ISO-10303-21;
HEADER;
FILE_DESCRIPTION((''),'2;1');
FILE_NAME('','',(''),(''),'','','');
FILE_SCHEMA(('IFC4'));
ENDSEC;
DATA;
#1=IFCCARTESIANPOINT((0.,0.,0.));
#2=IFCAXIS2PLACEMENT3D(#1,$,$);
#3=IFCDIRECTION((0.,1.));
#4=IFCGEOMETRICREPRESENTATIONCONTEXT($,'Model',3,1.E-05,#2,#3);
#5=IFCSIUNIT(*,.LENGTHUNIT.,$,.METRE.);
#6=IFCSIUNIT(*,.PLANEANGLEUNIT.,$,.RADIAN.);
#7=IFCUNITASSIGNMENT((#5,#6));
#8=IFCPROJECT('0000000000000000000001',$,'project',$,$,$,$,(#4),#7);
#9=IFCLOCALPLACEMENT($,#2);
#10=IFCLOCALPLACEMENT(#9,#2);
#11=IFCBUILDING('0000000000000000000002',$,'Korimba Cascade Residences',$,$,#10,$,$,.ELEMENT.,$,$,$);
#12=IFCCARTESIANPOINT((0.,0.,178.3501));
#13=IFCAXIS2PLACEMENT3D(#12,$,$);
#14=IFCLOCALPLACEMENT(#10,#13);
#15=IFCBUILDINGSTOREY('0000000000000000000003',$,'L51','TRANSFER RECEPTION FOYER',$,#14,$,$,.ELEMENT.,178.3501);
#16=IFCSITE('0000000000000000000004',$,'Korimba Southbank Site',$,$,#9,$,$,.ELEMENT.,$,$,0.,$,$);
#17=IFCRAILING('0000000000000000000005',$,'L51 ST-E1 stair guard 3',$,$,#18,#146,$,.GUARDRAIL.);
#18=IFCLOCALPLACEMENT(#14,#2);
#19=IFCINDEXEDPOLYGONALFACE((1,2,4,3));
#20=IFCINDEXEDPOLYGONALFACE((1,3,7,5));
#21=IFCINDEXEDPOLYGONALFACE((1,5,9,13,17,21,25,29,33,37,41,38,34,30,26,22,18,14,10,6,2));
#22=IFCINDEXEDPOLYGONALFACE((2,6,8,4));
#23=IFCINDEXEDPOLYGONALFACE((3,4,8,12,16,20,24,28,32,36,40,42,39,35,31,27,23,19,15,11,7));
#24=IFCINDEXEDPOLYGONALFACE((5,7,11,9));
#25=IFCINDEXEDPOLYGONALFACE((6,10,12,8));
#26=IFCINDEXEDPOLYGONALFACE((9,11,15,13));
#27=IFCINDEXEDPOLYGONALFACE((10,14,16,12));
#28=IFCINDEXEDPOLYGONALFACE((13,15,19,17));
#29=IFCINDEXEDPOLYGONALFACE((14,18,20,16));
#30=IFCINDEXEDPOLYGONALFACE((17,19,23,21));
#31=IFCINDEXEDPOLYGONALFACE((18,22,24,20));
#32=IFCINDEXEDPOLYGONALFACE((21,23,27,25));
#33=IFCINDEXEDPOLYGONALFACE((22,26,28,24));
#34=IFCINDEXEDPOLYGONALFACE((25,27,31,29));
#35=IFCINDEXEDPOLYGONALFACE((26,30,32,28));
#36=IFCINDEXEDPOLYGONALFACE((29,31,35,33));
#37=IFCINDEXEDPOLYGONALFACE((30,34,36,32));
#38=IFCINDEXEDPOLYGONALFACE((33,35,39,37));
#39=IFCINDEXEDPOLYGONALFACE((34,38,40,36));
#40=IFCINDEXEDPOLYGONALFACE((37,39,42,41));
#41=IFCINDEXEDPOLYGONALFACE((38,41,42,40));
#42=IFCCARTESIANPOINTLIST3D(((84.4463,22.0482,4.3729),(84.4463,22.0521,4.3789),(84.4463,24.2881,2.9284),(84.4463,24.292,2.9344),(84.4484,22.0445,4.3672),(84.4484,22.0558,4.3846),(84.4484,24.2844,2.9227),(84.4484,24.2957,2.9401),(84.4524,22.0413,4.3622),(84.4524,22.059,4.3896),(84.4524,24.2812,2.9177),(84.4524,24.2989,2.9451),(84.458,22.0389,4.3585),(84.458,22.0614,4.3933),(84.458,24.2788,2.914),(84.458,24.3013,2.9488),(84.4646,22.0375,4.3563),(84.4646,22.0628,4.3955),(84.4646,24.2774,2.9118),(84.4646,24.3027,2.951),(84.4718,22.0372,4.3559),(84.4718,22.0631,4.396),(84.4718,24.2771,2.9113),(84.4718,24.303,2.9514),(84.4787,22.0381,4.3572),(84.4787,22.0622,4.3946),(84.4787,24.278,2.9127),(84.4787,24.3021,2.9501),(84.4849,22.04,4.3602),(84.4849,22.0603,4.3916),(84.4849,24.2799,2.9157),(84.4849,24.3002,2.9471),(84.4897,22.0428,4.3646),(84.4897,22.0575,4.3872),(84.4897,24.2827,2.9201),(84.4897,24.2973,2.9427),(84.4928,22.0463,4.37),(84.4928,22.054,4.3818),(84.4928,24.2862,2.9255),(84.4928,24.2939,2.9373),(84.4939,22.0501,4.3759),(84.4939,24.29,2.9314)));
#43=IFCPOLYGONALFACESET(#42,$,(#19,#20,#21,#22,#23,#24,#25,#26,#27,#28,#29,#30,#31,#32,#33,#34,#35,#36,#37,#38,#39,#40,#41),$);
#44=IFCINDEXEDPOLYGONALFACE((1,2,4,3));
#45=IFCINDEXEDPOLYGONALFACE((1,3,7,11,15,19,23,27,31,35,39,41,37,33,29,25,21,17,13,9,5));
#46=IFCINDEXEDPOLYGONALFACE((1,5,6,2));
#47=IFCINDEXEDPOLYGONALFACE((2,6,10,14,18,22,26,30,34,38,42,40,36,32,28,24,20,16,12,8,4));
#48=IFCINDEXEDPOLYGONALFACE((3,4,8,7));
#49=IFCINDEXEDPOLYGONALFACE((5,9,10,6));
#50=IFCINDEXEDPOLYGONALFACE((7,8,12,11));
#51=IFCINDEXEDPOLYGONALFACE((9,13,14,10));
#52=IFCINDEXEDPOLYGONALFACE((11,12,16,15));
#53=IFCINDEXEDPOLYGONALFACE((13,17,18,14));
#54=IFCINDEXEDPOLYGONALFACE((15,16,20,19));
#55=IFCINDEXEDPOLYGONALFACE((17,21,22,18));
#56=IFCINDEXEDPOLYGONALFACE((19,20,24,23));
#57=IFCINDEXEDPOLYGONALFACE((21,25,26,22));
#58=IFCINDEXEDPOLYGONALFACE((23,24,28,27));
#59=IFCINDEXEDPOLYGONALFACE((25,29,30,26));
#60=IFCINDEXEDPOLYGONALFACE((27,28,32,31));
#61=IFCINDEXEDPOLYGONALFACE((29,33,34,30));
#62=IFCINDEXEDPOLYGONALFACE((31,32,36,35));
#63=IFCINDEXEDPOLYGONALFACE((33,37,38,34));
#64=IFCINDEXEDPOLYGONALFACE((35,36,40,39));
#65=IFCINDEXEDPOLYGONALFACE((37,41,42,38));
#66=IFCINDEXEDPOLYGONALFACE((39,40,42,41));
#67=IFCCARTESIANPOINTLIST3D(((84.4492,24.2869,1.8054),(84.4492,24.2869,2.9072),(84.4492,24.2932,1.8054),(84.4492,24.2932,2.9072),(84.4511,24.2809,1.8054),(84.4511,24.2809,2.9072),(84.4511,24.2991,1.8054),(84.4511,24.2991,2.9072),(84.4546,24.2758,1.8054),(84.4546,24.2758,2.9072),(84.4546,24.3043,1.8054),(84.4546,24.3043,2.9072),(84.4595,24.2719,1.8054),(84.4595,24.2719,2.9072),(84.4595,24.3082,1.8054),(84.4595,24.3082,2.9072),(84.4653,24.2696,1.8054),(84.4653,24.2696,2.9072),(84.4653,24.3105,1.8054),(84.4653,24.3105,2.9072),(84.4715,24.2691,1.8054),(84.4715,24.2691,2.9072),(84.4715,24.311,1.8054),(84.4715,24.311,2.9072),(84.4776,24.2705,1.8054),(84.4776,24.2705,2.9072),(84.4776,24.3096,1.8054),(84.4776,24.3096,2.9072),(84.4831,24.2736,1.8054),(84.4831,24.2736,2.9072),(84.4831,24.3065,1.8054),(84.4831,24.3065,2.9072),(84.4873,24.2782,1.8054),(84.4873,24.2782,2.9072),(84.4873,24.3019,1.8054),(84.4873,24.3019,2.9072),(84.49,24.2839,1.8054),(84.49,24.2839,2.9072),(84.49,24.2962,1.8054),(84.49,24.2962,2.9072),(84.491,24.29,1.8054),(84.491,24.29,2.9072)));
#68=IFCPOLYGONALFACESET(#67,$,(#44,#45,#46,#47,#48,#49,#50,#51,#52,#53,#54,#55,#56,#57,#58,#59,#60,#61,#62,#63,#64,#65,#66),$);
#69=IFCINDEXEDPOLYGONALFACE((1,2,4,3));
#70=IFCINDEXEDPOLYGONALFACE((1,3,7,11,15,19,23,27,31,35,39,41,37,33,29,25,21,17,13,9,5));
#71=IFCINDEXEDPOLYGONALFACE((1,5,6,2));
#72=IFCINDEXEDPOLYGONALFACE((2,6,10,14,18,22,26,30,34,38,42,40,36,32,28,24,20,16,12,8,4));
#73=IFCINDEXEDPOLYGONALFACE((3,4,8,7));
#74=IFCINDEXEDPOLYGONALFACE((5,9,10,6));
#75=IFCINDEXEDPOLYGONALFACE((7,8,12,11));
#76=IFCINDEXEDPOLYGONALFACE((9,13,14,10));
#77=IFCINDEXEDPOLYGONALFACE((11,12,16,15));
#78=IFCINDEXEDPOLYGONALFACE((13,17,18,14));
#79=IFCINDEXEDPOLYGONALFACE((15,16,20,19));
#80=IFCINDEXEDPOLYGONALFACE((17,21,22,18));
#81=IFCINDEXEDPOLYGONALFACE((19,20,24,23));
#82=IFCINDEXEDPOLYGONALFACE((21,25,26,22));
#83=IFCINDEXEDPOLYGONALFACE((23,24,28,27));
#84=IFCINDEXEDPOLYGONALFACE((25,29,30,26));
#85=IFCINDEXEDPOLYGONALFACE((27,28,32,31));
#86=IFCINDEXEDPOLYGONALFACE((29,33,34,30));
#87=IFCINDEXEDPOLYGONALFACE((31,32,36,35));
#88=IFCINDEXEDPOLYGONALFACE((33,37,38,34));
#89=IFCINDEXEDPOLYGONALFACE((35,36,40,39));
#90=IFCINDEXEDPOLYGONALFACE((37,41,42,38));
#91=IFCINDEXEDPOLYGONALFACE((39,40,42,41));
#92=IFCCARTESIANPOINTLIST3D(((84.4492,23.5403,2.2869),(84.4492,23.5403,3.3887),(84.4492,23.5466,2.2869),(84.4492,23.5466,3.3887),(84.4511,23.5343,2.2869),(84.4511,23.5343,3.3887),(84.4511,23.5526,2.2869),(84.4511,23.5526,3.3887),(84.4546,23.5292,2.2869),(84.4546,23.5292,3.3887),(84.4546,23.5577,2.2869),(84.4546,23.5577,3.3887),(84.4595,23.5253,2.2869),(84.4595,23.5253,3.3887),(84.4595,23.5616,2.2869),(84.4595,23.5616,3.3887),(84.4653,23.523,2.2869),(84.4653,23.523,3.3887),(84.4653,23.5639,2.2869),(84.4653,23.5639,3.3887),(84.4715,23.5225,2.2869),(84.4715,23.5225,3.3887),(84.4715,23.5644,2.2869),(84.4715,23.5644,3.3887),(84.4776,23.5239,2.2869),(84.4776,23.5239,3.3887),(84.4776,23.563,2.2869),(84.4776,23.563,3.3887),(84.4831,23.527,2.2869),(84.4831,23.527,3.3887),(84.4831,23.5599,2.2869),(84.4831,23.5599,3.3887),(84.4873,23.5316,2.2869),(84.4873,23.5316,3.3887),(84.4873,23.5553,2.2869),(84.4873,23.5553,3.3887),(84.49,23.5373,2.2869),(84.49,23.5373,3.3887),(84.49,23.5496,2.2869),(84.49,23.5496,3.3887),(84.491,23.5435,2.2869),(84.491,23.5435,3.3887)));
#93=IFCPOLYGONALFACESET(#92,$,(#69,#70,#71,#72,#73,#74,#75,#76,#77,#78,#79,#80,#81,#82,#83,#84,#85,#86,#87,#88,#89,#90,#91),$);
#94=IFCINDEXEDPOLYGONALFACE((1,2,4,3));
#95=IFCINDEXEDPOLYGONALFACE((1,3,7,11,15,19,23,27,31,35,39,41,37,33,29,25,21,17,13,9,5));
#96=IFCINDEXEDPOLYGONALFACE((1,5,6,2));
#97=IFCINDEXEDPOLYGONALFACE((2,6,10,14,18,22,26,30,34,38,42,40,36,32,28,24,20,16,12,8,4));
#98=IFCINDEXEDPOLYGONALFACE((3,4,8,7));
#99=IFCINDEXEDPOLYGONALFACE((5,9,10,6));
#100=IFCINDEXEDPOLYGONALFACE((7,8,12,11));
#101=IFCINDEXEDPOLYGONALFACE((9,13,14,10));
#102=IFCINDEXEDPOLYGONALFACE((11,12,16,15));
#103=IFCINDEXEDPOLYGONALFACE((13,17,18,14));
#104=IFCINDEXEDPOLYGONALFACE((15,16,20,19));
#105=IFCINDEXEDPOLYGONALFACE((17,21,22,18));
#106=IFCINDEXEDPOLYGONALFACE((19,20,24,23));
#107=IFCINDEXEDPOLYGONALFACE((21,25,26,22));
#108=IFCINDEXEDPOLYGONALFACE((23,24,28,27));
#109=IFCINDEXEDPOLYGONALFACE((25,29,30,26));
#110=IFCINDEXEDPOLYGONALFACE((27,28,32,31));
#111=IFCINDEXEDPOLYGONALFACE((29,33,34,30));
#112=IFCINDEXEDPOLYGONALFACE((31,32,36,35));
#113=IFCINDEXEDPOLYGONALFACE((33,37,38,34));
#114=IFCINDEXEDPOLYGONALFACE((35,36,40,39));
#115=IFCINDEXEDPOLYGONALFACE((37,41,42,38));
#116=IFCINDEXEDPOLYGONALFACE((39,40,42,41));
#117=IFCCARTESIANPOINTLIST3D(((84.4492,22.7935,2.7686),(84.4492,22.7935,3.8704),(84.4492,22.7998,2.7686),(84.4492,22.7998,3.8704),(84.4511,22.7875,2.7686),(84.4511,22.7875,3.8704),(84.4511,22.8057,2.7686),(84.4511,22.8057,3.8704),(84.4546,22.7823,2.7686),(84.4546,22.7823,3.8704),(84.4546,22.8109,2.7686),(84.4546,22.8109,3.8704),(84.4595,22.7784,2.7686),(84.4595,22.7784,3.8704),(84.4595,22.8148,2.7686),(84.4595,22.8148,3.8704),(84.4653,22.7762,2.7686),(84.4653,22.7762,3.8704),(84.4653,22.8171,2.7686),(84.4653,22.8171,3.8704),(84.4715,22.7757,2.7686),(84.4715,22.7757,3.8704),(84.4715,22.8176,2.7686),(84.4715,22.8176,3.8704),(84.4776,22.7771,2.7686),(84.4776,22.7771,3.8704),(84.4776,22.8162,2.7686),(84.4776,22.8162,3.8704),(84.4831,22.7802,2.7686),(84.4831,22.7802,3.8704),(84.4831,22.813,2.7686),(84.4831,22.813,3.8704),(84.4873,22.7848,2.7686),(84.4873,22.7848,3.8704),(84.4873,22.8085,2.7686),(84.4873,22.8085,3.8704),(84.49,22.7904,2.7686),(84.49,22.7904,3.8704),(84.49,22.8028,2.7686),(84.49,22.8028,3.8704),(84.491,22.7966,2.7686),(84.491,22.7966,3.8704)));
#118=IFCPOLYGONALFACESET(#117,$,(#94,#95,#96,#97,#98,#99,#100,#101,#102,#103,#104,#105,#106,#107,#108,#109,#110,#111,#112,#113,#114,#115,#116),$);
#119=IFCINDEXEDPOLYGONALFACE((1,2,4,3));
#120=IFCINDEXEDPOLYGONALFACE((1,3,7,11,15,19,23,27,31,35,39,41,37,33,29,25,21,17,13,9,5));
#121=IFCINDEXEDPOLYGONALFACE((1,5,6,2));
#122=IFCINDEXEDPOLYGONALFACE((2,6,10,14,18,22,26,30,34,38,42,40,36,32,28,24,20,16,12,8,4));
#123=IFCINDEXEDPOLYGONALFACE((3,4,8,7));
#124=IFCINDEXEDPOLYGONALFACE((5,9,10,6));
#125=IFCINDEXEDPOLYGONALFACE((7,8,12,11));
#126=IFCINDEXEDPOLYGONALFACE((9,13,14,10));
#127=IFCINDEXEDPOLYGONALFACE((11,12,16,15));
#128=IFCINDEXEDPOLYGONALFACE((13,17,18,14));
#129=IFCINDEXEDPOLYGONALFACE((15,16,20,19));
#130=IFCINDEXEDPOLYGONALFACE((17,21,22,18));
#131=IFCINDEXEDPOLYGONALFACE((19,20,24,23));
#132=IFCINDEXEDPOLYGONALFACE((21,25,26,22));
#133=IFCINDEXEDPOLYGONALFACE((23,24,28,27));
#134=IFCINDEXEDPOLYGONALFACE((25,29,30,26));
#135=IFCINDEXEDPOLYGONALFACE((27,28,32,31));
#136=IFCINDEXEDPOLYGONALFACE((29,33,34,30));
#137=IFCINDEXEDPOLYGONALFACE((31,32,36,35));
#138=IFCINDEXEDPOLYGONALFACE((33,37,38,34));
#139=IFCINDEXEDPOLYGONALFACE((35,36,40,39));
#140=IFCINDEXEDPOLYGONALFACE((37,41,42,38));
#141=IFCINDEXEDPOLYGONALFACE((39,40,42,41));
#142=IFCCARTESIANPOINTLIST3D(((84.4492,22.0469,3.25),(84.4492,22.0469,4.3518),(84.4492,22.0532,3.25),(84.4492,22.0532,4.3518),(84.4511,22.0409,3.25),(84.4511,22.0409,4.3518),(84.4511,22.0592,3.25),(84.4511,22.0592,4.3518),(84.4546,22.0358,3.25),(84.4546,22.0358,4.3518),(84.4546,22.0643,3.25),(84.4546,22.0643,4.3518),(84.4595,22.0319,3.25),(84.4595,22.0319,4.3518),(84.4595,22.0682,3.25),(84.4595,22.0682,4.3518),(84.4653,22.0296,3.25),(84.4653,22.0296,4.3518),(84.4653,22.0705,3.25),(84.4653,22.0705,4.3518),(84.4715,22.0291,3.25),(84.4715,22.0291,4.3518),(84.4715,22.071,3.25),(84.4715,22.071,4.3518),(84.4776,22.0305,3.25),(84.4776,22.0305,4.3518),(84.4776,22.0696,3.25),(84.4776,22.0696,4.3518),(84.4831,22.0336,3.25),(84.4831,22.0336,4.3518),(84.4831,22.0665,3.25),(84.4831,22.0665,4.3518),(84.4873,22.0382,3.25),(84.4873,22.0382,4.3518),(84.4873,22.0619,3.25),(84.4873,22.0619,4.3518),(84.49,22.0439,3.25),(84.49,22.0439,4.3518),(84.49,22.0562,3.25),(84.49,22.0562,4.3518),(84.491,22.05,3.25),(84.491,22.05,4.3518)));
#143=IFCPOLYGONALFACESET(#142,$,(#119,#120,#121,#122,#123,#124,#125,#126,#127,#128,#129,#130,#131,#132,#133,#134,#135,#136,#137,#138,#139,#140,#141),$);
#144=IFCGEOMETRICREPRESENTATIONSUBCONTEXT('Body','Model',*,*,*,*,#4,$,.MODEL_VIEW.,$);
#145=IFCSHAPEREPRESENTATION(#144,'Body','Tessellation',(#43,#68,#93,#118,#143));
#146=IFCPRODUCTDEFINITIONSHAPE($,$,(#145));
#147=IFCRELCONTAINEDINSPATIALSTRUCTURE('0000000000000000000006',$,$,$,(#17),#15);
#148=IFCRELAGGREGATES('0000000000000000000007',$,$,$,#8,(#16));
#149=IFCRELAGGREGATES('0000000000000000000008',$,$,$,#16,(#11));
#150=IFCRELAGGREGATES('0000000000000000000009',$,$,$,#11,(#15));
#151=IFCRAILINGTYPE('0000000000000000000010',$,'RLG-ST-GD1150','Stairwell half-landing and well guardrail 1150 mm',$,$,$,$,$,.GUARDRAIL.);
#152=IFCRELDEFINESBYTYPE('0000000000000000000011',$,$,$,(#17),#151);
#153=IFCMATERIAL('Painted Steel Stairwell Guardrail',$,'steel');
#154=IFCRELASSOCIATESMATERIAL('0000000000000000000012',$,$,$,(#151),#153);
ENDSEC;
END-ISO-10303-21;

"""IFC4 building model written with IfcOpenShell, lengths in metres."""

from ifc_helpers import new_model, si_unit, direction, frame, origin, origin_2d, place, context, subcontext, project, spatial, circle, extrude, material, type_object, element, save


model = new_model("IFC4")

# Units and contexts
model_context = context("Model", 3, precision=1e-05, world=origin(), true_north=direction((0.0, 1.0)))
body_context = subcontext(model_context, "Body", "Model", "MODEL_VIEW")
ifc_project = project(units=[si_unit("LENGTHUNIT", "METRE"), si_unit("PLANEANGLEUNIT", "RADIAN")], contexts=[model_context])

# Site, building, storey
site_placement = place(None, origin())
site = spatial("IfcSite", under=ifc_project, at=site_placement, Name="Korimba Southbank Site", CompositionType="ELEMENT", RefElevation=0.0)
building_placement = place(site_placement, origin())
building = spatial("IfcBuilding", under=site, at=building_placement, Name="Korimba Cascade Residences", CompositionType="ELEMENT")
storey_placement = place(building_placement, frame((0.0, 0.0, 178.3501)))
storey = spatial("IfcBuildingStorey", under=building, at=storey_placement, Name="L51", Description="TRANSFER RECEPTION FOYER", CompositionType="ELEMENT", Elevation=178.3501)

# Railing
ifc_material_1 = material(Name="Painted Steel Stairwell Guardrail", Category="steel")
railing_type_1 = type_object("IfcRailingType", Name="RLG-ST-GD1150", Description="Stairwell half-landing and well guardrail 1150 mm", PredefinedType="GUARDRAIL", material=ifc_material_1)
railing_1_placement = place(storey_placement, frame((84.47, 24.29, 1.8054)))
element("IfcRailing", 1, at=railing_1_placement, inside=storey, type_object=railing_type_1, Name="L51 ST-E1 stair guard 3", PredefinedType="GUARDRAIL", context=body_context, shape_type="SweptSolid", body=[
    extrude(circle(Radius=0.0239, at=origin_2d()), frame((0.0, 0.0, 1.126), z_axis=(0.0, -0.840395, 0.541975), x_axis=(1.0, 0.0, 0.0)), (0.0, 0.0, 1.0), 2.6653),
    extrude(circle(Radius=0.021, at=origin_2d()), origin(), (0.0, 0.0, 1.0), 1.1018),
    extrude(circle(Radius=0.021, at=origin_2d()), frame((0.0, -0.7466, 0.4814)), (0.0, 0.0, 1.0), 1.1018),
    extrude(circle(Radius=0.021, at=origin_2d()), frame((0.0, -1.4934, 0.9631)), (0.0, 0.0, 1.0), 1.1018),
    extrude(circle(Radius=0.021, at=origin_2d()), frame((0.0, -2.24, 1.4446)), (0.0, 0.0, 1.0), 1.1018),
])

save(model, "model.ifc")
